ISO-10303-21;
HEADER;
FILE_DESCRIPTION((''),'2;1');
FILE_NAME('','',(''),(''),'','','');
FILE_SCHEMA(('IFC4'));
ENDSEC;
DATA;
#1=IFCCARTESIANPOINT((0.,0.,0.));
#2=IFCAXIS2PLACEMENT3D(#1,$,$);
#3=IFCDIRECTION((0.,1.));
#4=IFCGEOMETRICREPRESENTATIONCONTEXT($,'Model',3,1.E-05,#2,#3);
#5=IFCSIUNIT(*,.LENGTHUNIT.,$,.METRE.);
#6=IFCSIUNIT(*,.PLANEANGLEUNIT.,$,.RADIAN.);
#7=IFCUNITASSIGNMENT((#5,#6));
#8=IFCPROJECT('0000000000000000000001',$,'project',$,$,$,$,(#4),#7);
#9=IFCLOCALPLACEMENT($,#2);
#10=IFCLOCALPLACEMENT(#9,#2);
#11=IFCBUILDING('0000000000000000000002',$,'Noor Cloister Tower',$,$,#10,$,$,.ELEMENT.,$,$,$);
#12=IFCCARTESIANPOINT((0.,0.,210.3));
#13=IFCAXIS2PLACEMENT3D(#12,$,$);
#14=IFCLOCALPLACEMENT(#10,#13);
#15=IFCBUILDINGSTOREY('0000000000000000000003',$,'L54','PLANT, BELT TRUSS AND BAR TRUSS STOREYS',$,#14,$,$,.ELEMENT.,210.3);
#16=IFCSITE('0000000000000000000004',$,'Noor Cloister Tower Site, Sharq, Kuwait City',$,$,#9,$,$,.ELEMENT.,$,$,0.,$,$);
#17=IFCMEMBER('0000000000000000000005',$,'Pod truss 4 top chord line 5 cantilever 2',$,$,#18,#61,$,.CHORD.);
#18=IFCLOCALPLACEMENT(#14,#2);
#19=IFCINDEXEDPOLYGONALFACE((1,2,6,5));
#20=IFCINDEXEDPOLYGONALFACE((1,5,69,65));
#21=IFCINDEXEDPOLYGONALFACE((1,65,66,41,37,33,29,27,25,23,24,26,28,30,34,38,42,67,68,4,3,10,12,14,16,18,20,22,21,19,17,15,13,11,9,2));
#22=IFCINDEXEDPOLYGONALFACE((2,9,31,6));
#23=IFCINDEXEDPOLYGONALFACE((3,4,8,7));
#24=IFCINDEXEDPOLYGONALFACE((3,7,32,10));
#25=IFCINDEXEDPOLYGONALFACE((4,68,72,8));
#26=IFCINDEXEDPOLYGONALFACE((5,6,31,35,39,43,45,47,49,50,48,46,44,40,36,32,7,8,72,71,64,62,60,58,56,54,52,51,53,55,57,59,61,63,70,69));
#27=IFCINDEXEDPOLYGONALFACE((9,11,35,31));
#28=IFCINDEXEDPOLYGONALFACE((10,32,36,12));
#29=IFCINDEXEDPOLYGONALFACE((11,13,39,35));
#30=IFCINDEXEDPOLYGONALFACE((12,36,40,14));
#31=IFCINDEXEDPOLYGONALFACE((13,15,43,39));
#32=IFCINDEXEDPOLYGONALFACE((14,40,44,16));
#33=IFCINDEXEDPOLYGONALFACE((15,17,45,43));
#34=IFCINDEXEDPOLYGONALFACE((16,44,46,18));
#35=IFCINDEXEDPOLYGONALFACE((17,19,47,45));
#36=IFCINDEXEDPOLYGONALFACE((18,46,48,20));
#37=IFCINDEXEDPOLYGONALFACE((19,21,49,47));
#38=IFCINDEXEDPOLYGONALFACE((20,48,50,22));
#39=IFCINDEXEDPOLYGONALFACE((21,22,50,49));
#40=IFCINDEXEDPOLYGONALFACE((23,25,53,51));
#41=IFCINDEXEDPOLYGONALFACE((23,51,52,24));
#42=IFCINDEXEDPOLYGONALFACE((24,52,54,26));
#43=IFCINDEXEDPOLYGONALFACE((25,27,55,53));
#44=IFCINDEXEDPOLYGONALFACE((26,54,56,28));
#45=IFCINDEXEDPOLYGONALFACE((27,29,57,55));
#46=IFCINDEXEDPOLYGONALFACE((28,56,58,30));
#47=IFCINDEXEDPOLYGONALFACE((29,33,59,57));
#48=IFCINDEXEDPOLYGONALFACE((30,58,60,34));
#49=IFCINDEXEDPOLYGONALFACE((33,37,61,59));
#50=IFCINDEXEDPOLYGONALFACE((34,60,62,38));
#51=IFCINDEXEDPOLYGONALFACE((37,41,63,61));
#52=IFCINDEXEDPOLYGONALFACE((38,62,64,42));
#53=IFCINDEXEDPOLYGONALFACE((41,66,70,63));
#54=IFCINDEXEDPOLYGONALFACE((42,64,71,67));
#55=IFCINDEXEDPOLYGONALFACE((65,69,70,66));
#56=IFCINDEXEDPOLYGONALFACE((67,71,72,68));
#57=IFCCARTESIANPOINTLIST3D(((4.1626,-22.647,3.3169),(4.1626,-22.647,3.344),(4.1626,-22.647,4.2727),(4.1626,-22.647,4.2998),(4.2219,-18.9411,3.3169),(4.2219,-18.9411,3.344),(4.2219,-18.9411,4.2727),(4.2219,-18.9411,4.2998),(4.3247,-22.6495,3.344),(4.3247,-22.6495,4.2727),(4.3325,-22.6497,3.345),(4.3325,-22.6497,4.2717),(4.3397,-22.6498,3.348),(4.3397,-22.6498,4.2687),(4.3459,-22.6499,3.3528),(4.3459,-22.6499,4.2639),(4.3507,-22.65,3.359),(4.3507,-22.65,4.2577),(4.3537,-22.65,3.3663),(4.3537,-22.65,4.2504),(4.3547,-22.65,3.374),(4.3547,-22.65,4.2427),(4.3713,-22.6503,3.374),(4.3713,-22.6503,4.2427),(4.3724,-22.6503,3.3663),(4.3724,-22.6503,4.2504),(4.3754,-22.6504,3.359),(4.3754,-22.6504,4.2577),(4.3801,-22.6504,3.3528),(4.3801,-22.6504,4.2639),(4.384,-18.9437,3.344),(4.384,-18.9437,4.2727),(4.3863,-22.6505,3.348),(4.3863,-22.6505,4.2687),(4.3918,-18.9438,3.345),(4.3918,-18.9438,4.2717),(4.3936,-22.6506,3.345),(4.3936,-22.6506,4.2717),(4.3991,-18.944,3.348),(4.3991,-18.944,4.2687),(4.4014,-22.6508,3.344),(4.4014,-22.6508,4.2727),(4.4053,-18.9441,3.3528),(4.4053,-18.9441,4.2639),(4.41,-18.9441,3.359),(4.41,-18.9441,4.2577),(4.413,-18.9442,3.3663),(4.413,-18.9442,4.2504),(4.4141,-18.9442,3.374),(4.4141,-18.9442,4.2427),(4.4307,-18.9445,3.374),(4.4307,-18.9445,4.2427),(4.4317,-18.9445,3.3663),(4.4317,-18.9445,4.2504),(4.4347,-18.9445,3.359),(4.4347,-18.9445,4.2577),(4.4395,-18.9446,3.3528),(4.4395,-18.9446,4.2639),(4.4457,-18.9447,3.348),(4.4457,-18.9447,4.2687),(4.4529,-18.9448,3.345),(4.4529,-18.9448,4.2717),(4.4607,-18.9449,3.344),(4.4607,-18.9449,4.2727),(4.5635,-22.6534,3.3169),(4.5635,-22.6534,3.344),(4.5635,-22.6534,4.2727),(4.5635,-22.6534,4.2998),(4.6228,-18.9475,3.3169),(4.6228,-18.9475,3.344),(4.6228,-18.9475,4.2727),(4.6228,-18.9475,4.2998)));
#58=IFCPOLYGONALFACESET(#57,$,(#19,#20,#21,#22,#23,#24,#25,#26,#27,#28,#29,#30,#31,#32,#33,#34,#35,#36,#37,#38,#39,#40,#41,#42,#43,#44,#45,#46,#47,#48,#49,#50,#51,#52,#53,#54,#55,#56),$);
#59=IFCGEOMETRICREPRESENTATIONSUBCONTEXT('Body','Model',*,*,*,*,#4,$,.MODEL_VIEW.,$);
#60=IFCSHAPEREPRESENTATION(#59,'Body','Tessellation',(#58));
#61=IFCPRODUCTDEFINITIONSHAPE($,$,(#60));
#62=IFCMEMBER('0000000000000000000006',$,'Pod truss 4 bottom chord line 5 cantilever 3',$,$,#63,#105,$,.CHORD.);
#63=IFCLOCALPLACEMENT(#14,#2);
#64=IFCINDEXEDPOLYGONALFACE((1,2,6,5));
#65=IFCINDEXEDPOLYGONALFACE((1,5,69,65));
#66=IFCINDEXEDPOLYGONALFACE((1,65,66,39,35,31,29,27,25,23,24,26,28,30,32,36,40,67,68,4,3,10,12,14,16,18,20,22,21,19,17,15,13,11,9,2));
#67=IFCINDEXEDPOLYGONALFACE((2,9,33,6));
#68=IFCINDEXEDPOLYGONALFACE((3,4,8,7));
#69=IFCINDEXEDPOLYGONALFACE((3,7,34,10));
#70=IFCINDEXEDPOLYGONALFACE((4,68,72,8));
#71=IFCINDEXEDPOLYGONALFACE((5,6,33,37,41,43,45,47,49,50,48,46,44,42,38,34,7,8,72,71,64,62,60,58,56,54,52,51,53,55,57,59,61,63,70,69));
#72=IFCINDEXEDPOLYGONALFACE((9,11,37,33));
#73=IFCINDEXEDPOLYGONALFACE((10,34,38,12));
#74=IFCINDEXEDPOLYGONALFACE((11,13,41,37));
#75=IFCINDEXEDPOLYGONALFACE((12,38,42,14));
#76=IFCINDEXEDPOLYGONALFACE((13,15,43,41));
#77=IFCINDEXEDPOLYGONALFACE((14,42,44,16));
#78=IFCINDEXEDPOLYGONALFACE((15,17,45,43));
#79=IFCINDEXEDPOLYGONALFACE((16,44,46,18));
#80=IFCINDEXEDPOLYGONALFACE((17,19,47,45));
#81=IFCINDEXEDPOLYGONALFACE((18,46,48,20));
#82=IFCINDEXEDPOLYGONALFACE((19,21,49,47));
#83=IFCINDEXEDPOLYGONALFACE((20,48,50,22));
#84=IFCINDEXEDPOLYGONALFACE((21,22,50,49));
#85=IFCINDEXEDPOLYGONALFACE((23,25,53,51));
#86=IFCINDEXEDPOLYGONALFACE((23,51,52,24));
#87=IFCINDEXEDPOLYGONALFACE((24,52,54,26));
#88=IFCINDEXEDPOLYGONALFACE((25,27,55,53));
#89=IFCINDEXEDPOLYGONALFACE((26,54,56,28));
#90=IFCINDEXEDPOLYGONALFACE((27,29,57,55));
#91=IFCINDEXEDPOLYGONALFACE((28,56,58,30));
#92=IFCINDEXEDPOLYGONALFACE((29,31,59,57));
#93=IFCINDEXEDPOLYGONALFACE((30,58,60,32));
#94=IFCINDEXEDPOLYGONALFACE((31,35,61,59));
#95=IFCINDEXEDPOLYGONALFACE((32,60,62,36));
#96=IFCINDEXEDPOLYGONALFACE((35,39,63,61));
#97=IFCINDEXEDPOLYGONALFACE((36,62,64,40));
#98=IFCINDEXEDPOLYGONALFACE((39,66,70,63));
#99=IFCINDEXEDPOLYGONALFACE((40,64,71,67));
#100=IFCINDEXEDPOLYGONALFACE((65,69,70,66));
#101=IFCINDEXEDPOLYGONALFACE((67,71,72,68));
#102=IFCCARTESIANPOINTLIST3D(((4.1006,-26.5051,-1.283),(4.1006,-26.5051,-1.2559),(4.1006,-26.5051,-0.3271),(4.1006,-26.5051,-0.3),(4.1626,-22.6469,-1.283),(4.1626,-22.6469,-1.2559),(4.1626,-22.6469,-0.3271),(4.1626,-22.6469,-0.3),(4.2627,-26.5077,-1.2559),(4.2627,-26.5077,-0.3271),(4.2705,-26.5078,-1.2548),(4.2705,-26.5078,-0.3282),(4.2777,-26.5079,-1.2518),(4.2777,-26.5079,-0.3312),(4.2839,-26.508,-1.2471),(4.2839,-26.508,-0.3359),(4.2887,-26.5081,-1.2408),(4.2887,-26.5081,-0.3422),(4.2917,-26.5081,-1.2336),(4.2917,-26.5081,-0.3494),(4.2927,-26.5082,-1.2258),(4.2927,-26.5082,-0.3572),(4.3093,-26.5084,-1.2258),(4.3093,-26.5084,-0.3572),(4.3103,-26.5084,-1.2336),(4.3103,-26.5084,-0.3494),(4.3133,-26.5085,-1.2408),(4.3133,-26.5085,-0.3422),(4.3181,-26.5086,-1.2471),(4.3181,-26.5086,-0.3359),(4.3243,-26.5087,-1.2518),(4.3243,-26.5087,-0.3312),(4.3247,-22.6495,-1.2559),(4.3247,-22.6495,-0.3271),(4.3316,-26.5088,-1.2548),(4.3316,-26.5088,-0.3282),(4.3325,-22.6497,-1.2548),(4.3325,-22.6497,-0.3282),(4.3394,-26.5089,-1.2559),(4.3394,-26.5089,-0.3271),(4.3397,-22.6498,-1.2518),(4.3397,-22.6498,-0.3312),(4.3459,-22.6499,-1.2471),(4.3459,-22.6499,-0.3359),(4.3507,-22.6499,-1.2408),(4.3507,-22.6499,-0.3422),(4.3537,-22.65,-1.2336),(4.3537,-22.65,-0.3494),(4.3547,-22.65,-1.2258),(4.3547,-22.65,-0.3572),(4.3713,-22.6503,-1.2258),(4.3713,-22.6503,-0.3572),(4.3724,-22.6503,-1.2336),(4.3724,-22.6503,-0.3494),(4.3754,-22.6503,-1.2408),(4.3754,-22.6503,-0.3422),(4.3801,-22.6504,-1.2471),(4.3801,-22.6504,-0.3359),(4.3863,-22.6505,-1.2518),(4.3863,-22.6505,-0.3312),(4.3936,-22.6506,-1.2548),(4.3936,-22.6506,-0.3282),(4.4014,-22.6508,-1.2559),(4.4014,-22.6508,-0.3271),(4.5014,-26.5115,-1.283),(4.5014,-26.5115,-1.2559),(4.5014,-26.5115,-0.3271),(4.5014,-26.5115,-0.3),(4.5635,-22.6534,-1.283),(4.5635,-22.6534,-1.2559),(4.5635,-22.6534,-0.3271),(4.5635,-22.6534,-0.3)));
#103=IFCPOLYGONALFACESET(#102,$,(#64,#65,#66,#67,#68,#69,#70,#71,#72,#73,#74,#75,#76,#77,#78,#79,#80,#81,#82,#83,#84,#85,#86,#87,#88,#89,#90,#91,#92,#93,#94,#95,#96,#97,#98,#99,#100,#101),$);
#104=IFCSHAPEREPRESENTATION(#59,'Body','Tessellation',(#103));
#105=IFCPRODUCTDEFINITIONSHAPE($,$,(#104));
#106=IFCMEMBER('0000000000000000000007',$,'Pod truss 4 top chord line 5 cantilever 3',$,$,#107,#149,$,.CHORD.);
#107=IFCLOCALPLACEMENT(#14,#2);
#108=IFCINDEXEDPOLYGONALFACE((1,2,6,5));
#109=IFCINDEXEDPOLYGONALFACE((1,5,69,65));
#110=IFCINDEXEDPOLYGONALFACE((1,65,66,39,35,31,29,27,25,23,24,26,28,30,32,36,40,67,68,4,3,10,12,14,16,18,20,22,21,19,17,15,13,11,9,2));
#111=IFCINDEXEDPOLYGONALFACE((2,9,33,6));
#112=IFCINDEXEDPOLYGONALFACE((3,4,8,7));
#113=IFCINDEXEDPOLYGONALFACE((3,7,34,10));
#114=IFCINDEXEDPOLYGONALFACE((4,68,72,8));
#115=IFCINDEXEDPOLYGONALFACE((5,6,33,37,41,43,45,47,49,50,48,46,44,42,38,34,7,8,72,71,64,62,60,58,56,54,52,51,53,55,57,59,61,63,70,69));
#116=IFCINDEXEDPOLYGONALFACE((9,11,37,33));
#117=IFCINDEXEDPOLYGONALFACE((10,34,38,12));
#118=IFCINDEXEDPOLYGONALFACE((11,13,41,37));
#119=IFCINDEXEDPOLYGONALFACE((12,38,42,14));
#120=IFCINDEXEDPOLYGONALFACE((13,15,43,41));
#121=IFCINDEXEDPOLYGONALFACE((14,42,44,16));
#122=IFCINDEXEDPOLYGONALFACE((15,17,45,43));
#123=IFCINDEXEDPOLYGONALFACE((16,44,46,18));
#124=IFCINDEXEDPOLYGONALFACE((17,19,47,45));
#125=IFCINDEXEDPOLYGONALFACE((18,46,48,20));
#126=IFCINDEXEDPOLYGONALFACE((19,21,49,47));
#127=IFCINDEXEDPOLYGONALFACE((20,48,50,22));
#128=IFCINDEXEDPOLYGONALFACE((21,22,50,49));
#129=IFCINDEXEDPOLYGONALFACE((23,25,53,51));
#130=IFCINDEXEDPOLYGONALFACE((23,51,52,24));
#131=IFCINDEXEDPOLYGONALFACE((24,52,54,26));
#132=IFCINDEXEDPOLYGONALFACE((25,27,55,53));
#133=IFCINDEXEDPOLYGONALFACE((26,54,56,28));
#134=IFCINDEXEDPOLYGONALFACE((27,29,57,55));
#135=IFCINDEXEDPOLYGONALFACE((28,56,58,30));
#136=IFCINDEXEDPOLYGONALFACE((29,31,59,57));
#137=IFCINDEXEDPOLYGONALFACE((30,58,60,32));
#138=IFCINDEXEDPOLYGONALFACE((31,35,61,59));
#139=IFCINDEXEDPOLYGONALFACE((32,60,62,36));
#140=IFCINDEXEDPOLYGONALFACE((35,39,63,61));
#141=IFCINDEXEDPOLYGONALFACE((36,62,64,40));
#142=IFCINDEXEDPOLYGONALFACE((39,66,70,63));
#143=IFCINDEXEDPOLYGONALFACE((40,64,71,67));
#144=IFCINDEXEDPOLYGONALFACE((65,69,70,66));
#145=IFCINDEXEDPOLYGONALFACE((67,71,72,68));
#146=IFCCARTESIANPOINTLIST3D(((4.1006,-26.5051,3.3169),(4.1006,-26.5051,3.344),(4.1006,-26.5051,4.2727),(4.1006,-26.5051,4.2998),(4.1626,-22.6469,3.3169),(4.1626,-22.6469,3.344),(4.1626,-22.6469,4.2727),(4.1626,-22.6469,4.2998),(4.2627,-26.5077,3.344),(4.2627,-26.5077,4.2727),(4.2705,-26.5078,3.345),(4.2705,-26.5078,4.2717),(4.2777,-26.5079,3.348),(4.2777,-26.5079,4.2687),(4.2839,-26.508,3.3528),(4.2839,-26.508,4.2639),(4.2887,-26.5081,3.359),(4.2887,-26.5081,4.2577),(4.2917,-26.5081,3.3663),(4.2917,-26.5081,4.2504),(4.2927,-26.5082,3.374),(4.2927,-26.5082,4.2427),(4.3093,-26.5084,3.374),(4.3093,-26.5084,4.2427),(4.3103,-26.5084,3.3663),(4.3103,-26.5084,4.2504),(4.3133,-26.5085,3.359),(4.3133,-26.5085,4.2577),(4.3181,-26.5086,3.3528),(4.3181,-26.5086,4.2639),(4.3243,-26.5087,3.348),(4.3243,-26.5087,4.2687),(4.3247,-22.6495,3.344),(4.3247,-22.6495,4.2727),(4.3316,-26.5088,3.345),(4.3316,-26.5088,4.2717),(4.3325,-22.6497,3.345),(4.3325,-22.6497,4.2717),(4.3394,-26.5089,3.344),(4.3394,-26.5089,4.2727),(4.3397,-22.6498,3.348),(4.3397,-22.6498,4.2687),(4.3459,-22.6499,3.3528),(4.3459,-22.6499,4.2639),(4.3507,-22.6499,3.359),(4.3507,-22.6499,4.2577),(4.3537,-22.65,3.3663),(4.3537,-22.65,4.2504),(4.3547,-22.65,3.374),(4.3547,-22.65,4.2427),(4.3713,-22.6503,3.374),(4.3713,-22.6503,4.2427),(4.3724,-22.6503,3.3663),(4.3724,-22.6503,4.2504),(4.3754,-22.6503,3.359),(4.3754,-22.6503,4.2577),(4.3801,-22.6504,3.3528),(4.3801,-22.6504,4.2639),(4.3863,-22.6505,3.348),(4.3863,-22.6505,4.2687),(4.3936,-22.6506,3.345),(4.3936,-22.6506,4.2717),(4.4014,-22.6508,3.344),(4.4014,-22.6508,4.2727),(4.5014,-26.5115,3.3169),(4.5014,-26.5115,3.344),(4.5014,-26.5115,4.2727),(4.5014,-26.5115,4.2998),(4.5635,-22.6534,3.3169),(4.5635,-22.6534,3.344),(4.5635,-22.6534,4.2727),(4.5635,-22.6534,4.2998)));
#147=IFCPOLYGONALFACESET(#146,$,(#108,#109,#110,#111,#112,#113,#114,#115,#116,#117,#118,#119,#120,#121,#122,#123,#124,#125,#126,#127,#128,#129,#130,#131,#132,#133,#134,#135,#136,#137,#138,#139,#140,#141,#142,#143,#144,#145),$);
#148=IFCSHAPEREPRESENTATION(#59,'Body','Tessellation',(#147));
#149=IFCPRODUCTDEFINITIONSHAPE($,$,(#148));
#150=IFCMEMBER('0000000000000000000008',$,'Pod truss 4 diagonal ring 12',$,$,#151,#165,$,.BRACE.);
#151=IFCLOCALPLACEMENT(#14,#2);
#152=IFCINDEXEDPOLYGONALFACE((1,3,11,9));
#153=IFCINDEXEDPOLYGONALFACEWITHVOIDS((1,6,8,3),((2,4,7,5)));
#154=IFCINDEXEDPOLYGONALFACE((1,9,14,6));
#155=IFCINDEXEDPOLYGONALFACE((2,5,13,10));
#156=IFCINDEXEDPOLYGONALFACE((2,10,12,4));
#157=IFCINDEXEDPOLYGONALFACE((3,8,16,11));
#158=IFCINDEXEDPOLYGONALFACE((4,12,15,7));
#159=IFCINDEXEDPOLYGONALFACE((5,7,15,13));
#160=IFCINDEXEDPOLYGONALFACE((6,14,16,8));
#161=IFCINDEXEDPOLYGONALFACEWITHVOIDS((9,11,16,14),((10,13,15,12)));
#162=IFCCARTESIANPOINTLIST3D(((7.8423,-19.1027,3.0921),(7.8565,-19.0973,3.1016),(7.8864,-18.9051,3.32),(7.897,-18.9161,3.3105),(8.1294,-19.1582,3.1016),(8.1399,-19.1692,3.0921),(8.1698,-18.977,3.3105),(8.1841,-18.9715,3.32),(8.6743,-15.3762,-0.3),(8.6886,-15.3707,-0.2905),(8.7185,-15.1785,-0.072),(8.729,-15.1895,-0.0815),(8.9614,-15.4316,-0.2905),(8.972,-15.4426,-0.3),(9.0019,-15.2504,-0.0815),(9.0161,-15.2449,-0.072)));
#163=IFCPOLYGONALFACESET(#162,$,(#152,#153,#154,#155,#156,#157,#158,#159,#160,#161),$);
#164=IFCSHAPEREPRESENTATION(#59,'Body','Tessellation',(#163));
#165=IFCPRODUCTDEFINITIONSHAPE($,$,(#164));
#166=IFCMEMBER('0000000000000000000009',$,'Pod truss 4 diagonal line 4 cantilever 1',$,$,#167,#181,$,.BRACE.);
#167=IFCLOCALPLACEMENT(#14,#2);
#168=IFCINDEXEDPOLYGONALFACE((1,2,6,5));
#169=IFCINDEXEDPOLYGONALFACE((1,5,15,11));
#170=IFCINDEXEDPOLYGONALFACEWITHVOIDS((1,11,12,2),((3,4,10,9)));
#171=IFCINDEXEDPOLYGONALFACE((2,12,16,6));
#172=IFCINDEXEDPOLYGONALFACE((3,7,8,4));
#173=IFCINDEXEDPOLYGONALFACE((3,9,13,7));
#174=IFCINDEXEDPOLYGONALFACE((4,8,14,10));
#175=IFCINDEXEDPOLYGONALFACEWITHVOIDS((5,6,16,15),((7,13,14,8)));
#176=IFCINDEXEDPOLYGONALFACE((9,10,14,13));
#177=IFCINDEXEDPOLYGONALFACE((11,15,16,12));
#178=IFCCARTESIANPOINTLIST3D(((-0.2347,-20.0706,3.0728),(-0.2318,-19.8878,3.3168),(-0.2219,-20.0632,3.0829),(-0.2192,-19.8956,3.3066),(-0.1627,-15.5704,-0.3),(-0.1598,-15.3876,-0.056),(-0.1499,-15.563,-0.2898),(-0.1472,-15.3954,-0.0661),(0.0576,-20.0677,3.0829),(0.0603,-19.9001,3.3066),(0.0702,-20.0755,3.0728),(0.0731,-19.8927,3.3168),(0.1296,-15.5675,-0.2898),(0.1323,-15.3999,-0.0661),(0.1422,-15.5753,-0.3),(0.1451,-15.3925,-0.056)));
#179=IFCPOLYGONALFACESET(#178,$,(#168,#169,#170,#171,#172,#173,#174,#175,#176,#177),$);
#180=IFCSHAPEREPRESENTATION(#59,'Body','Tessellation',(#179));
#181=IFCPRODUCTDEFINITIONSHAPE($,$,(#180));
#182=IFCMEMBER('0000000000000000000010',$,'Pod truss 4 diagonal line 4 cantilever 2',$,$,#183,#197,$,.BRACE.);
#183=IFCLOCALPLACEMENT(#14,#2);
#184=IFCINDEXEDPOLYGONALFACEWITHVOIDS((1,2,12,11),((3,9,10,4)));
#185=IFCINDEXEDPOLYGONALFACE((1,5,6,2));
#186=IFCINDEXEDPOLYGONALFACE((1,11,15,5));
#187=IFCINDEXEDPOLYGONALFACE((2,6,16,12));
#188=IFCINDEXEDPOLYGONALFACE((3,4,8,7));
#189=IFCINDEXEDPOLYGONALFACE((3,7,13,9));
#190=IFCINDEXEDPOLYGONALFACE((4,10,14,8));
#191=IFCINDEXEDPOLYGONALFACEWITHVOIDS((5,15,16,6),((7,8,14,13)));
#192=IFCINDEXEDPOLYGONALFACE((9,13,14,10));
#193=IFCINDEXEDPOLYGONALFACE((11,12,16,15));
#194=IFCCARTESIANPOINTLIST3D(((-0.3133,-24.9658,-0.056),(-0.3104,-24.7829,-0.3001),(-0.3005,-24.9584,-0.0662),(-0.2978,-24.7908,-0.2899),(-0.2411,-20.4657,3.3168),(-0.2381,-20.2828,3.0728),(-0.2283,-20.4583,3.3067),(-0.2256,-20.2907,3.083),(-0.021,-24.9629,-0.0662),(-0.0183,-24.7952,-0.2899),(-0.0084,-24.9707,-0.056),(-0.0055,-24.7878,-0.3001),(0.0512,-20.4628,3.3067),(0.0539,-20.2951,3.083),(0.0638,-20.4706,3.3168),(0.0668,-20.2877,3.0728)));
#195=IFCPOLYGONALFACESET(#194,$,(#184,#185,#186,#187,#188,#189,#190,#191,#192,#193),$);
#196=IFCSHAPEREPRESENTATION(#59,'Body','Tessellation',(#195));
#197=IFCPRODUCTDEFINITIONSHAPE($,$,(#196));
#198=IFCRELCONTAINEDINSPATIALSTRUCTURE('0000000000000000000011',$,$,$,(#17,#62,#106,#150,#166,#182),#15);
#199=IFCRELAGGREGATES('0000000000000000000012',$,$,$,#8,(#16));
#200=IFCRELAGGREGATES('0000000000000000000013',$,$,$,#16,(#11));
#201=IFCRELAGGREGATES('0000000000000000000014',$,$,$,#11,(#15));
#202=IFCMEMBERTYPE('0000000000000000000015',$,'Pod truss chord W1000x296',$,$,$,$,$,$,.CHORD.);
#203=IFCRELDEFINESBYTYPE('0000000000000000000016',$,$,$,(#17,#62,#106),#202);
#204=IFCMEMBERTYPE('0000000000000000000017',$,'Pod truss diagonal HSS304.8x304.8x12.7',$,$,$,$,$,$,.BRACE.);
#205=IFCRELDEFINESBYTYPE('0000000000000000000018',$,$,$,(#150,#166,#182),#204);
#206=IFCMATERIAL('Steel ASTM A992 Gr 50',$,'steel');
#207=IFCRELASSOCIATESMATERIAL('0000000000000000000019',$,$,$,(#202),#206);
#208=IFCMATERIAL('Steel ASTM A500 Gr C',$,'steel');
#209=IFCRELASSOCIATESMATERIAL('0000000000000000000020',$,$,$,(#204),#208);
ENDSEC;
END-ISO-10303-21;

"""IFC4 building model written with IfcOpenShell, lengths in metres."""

from ifc_helpers import new_model, si_unit, direction, frame, origin, origin_2d, place, context, subcontext, project, spatial, hollow_rectangle, i_section, extrude, material, material_profile, profile_set, type_object, element, save


model = new_model("IFC4")

# Units and contexts
model_context = context("Model", 3, precision=1e-05, world=origin(), true_north=direction((0.0, 1.0)))
body_context = subcontext(model_context, "Body", "Model", "MODEL_VIEW")
ifc_project = project(units=[si_unit("LENGTHUNIT", "METRE"), si_unit("PLANEANGLEUNIT", "RADIAN")], contexts=[model_context])

# Site, building, storey
site_placement = place(None, origin())
site = spatial("IfcSite", under=ifc_project, at=site_placement, Name="Noor Cloister Tower Site, Sharq, Kuwait City", CompositionType="ELEMENT", RefElevation=0.0)
building_placement = place(site_placement, origin())
building = spatial("IfcBuilding", under=site, at=building_placement, Name="Noor Cloister Tower", CompositionType="ELEMENT")
storey_placement = place(building_placement, frame((0.0, 0.0, 210.3)))
storey = spatial("IfcBuildingStorey", under=building, at=storey_placement, Name="L54", Description="PLANT, BELT TRUSS AND BAR TRUSS STOREYS", CompositionType="ELEMENT", Elevation=210.3)

# Members
ifc_material_1 = material(Name="Steel ASTM A992 Gr 50", Category="steel")
ifc_material_profile_1 = material_profile(ifc_material_1, i_section(OverallWidth=0.4009, OverallDepth=0.9829, WebThickness=0.0166, FlangeThickness=0.0271, FilletRadius=0.03, at=origin_2d()), Name="W1000x296")
ifc_profile_set_1 = profile_set([ifc_material_profile_1], Name="Steel ASTM A992 Gr 50")
member_type_1 = type_object("IfcMemberType", Name="Pod truss chord W1000x296", PredefinedType="CHORD", material=ifc_profile_set_1)
for number, where, z_axis, x_axis, name in (
    (1, (4.4224, -18.9443, 3.8083), (-0.016007, -0.999872, 0.0), (0.999872, -0.016007, 0.0), "Pod truss 4 top chord line 5 cantilever 2"),
):
    element("IfcMember", number, at=place(storey_placement, frame(where, z_axis=z_axis, x_axis=x_axis)), inside=storey, type_object=member_type_1, Name=name, PredefinedType="CHORD", context=body_context, shape_type="SweptSolid", body=[
        extrude(i_section(OverallWidth=0.4009, OverallDepth=0.9829, WebThickness=0.0166, FlangeThickness=0.0271, FilletRadius=0.03, at=origin_2d()), origin(), (0.0, 0.0, 1.0), 3.7063),
    ])
for number, where, z_axis, x_axis, name in (
    (2, (4.363, -22.6501, -0.7915), (-0.016071, -0.999871, 0.0), (0.999871, -0.016071, 0.0), "Pod truss 4 bottom chord line 5 cantilever 3"),
    (3, (4.363, -22.6501, 3.8083), (-0.016071, -0.999871, 0.0), (0.999871, -0.016071, 0.0), "Pod truss 4 top chord line 5 cantilever 3"),
):
    element("IfcMember", number, at=place(storey_placement, frame(where, z_axis=z_axis, x_axis=x_axis)), inside=storey, type_object=member_type_1, Name=name, PredefinedType="CHORD", context=body_context, shape_type="SweptSolid", body=[
        extrude(i_section(OverallWidth=0.4009, OverallDepth=0.9829, WebThickness=0.0166, FlangeThickness=0.0271, FilletRadius=0.03, at=origin_2d()), origin(), (0.0, 0.0, 1.0), 3.8586),
    ])
ifc_material_2 = material(Name="Steel ASTM A500 Gr C", Category="steel")
ifc_material_profile_2 = material_profile(ifc_material_2, hollow_rectangle(XDim=0.3049, YDim=0.3049, WallThickness=0.0127, at=origin_2d()), Name="HSS304.8x304.8x12.7")
ifc_profile_set_2 = profile_set([ifc_material_profile_2], Name="Steel ASTM A500 Gr C")
member_type_2 = type_object("IfcMemberType", Name="Pod truss diagonal HSS304.8x304.8x12.7", PredefinedType="BRACE", material=ifc_profile_set_2)
member_1_placement = place(storey_placement, frame((8.0132, -19.0371, 3.2061), z_axis=(0.162906, 0.729636, -0.664148), x_axis=(-0.97597, 0.217905, 0.0)))
element("IfcMember", 4, at=member_1_placement, inside=storey, type_object=member_type_2, Name="Pod truss 4 diagonal ring 12", PredefinedType="BRACE", context=body_context, shape_type="SweptSolid", body=[
    extrude(hollow_rectangle(XDim=0.3049, YDim=0.3049, WallThickness=0.0127, at=origin_2d()), origin(), (0.0, 0.0, 1.0), 5.1074),
])
for number, where, z_axis, x_axis, name in (
    (5, (-0.0088, -15.4814, -0.178), (-0.012805, -0.800138, 0.59968), (0.999872, -0.016002, 0.0), "Pod truss 4 diagonal line 4 cantilever 1"),
    (6, (-0.0872, -20.3767, 3.1948), (-0.012849, -0.800121, -0.5997), (0.999871, -0.016057, 0.0), "Pod truss 4 diagonal line 4 cantilever 2"),
):
    element("IfcMember", number, at=place(storey_placement, frame(where, z_axis=z_axis, x_axis=x_axis)), inside=storey, type_object=member_type_2, Name=name, PredefinedType="BRACE", context=body_context, shape_type="SweptSolid", body=[
        extrude(hollow_rectangle(XDim=0.3049, YDim=0.3049, WallThickness=0.0127, at=origin_2d()), origin(), (0.0, 0.0, 1.0), 5.6243),
    ])

save(model, "model.ifc")
